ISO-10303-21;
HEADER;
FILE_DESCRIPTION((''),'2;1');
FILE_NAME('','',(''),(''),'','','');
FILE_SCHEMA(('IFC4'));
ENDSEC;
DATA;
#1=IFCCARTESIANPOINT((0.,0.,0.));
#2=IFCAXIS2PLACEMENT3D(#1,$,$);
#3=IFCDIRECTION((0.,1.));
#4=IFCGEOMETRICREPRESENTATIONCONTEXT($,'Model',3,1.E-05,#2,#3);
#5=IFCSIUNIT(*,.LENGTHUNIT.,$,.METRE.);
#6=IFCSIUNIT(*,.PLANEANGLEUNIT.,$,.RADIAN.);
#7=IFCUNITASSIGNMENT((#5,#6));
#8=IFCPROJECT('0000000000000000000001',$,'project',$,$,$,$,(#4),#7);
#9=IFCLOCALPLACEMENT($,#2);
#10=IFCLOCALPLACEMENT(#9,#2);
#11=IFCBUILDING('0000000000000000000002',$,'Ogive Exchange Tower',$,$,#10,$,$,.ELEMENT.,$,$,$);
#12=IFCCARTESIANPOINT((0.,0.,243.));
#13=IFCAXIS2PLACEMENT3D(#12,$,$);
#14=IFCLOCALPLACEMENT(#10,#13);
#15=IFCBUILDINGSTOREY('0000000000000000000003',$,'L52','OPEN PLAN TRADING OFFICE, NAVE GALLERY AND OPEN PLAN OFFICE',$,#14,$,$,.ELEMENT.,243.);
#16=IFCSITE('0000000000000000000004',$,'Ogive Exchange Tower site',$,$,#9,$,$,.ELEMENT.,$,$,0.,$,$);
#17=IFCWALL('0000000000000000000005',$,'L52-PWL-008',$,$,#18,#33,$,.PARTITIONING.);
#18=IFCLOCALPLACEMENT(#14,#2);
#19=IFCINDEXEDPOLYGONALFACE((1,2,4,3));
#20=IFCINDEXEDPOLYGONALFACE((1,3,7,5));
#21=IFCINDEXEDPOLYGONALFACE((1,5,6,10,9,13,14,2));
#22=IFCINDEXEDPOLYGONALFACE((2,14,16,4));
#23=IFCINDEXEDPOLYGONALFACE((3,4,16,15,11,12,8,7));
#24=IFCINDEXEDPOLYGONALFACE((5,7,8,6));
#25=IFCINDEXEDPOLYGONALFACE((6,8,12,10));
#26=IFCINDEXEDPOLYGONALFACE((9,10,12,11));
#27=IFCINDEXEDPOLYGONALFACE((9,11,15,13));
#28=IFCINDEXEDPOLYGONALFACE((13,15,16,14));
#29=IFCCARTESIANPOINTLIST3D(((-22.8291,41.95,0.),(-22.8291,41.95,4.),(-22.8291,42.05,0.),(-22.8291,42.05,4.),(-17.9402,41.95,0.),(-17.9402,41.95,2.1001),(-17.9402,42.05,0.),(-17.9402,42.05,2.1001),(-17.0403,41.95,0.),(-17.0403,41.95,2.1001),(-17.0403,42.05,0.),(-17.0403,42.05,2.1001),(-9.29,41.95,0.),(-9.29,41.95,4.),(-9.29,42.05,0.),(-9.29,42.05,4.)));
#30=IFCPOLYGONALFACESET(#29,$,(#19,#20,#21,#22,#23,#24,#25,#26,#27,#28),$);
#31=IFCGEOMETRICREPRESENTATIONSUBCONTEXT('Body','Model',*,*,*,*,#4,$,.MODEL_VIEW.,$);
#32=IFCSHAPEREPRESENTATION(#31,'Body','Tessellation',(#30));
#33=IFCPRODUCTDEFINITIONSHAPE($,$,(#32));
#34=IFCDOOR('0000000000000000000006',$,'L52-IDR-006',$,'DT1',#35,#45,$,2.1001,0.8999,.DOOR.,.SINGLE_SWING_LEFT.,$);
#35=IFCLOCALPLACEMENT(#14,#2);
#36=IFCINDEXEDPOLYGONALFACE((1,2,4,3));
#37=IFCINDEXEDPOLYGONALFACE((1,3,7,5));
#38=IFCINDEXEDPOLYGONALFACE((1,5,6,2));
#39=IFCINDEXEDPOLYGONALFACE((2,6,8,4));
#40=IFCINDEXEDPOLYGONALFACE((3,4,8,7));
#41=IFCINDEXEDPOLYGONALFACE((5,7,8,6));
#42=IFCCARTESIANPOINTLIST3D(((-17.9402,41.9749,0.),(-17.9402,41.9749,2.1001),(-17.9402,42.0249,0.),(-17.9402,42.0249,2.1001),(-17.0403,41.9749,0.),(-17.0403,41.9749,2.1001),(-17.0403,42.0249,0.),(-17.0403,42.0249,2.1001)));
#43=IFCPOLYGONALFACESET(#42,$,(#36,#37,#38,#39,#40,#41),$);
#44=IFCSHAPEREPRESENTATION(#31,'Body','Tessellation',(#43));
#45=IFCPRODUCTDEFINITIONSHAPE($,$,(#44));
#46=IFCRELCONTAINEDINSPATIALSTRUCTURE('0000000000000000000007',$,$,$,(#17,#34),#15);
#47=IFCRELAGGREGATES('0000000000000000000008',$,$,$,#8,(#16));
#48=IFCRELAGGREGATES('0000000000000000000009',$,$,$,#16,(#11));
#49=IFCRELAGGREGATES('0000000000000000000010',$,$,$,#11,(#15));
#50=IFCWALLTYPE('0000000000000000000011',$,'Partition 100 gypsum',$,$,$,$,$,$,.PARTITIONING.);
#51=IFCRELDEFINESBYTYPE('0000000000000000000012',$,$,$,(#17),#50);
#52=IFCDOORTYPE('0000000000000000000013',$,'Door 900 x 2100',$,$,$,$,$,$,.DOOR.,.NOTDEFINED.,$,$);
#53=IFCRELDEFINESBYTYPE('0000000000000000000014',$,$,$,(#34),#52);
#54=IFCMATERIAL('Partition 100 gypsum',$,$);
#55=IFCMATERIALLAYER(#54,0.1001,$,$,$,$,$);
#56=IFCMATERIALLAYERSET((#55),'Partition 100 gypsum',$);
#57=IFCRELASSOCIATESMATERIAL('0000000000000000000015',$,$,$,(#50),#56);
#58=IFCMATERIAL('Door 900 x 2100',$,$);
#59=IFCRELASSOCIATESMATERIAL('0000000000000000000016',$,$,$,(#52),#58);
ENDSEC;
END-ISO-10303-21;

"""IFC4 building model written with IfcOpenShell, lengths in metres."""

from ifc_helpers import new_model, si_unit, direction, frame, frame_2d, origin, place, context, subcontext, project, spatial, rectangle, extrude, material, layer, layer_set, type_object, element, fill, save


model = new_model("IFC4")

# Units and contexts
model_context = context("Model", 3, precision=1e-05, world=origin(), true_north=direction((0.0, 1.0)))
body_context = subcontext(model_context, "Body", "Model", "MODEL_VIEW")
ifc_project = project(units=[si_unit("LENGTHUNIT", "METRE"), si_unit("PLANEANGLEUNIT", "RADIAN")], contexts=[model_context])

# Site, building, storey
site_placement = place(None, origin())
site = spatial("IfcSite", under=ifc_project, at=site_placement, Name="Ogive Exchange Tower site", CompositionType="ELEMENT", RefElevation=0.0)
building_placement = place(site_placement, origin())
building = spatial("IfcBuilding", under=site, at=building_placement, Name="Ogive Exchange Tower", CompositionType="ELEMENT")
storey_placement = place(building_placement, frame((0.0, 0.0, 243.0)))
storey = spatial("IfcBuildingStorey", under=building, at=storey_placement, Name="L52", Description="OPEN PLAN TRADING OFFICE, NAVE GALLERY AND OPEN PLAN OFFICE", CompositionType="ELEMENT", Elevation=243.0)

# Wall, opening, door
ifc_material_1 = material(Name="Partition 100 gypsum")
ifc_layer_1 = layer(ifc_material_1, 0.1001)
ifc_layer_set_1 = layer_set([ifc_layer_1], Name="Partition 100 gypsum")
wall_type_1 = type_object("IfcWallType", Name="Partition 100 gypsum", PredefinedType="PARTITIONING", material=ifc_layer_set_1)
wall_1_placement = place(storey_placement, frame((-22.8291, 42.0, 0.0), z_axis=(0.0, 0.0, 1.0), x_axis=(1.0, 0.0, 0.0)))
wall_1 = element("IfcWall", 1, at=wall_1_placement, inside=storey, type_object=wall_type_1, Name="L52-PWL-008", PredefinedType="PARTITIONING", context=body_context, shape_type="SweptSolid", body=[
    extrude(rectangle(XDim=13.5391, YDim=0.1001, at=frame_2d((6.7695, 0.0))), origin(), (0.0, 0.0, 1.0), 4.0),
])
opening_1_placement = place(wall_1_placement, frame((4.8889, 0.0, 0.0)))
opening_1 = element("IfcOpeningElement", 2, at=opening_1_placement, cuts=wall_1, PredefinedType="OPENING", context=body_context, shape_type="SweptSolid", body=[
    extrude(rectangle(XDim=0.8999, YDim=2.1001, at=frame_2d((0.45, 1.05))), frame((0.0, 0.0601, 0.0), z_axis=(0.0, -1.0, 0.0), x_axis=(1.0, 0.0, 0.0)), (0.0, 0.0, 1.0), 0.1201),
])
ifc_material_2 = material(Name="Door 900 x 2100")
door_type_1 = type_object("IfcDoorType", Name="Door 900 x 2100", OperationType="NOTDEFINED", PredefinedType="DOOR", material=ifc_material_2)
door_1_placement = place(opening_1_placement, origin())
door_1 = element("IfcDoor", 3, at=door_1_placement, inside=storey, type_object=door_type_1, Name="L52-IDR-006", ObjectType="DT1", OperationType="SINGLE_SWING_LEFT", OverallHeight=2.1001, OverallWidth=0.8999, PredefinedType="DOOR", context=body_context, shape_type="SweptSolid", body=[
    extrude(rectangle(XDim=0.8999, YDim=2.1001, at=frame_2d((0.45, 1.05))), frame((0.0, 0.0249, 0.0), z_axis=(0.0, -1.0, 0.0), x_axis=(1.0, 0.0, 0.0)), (0.0, 0.0, 1.0), 0.05),
])
fill(opening_1, door_1)

save(model, "model.ifc")
